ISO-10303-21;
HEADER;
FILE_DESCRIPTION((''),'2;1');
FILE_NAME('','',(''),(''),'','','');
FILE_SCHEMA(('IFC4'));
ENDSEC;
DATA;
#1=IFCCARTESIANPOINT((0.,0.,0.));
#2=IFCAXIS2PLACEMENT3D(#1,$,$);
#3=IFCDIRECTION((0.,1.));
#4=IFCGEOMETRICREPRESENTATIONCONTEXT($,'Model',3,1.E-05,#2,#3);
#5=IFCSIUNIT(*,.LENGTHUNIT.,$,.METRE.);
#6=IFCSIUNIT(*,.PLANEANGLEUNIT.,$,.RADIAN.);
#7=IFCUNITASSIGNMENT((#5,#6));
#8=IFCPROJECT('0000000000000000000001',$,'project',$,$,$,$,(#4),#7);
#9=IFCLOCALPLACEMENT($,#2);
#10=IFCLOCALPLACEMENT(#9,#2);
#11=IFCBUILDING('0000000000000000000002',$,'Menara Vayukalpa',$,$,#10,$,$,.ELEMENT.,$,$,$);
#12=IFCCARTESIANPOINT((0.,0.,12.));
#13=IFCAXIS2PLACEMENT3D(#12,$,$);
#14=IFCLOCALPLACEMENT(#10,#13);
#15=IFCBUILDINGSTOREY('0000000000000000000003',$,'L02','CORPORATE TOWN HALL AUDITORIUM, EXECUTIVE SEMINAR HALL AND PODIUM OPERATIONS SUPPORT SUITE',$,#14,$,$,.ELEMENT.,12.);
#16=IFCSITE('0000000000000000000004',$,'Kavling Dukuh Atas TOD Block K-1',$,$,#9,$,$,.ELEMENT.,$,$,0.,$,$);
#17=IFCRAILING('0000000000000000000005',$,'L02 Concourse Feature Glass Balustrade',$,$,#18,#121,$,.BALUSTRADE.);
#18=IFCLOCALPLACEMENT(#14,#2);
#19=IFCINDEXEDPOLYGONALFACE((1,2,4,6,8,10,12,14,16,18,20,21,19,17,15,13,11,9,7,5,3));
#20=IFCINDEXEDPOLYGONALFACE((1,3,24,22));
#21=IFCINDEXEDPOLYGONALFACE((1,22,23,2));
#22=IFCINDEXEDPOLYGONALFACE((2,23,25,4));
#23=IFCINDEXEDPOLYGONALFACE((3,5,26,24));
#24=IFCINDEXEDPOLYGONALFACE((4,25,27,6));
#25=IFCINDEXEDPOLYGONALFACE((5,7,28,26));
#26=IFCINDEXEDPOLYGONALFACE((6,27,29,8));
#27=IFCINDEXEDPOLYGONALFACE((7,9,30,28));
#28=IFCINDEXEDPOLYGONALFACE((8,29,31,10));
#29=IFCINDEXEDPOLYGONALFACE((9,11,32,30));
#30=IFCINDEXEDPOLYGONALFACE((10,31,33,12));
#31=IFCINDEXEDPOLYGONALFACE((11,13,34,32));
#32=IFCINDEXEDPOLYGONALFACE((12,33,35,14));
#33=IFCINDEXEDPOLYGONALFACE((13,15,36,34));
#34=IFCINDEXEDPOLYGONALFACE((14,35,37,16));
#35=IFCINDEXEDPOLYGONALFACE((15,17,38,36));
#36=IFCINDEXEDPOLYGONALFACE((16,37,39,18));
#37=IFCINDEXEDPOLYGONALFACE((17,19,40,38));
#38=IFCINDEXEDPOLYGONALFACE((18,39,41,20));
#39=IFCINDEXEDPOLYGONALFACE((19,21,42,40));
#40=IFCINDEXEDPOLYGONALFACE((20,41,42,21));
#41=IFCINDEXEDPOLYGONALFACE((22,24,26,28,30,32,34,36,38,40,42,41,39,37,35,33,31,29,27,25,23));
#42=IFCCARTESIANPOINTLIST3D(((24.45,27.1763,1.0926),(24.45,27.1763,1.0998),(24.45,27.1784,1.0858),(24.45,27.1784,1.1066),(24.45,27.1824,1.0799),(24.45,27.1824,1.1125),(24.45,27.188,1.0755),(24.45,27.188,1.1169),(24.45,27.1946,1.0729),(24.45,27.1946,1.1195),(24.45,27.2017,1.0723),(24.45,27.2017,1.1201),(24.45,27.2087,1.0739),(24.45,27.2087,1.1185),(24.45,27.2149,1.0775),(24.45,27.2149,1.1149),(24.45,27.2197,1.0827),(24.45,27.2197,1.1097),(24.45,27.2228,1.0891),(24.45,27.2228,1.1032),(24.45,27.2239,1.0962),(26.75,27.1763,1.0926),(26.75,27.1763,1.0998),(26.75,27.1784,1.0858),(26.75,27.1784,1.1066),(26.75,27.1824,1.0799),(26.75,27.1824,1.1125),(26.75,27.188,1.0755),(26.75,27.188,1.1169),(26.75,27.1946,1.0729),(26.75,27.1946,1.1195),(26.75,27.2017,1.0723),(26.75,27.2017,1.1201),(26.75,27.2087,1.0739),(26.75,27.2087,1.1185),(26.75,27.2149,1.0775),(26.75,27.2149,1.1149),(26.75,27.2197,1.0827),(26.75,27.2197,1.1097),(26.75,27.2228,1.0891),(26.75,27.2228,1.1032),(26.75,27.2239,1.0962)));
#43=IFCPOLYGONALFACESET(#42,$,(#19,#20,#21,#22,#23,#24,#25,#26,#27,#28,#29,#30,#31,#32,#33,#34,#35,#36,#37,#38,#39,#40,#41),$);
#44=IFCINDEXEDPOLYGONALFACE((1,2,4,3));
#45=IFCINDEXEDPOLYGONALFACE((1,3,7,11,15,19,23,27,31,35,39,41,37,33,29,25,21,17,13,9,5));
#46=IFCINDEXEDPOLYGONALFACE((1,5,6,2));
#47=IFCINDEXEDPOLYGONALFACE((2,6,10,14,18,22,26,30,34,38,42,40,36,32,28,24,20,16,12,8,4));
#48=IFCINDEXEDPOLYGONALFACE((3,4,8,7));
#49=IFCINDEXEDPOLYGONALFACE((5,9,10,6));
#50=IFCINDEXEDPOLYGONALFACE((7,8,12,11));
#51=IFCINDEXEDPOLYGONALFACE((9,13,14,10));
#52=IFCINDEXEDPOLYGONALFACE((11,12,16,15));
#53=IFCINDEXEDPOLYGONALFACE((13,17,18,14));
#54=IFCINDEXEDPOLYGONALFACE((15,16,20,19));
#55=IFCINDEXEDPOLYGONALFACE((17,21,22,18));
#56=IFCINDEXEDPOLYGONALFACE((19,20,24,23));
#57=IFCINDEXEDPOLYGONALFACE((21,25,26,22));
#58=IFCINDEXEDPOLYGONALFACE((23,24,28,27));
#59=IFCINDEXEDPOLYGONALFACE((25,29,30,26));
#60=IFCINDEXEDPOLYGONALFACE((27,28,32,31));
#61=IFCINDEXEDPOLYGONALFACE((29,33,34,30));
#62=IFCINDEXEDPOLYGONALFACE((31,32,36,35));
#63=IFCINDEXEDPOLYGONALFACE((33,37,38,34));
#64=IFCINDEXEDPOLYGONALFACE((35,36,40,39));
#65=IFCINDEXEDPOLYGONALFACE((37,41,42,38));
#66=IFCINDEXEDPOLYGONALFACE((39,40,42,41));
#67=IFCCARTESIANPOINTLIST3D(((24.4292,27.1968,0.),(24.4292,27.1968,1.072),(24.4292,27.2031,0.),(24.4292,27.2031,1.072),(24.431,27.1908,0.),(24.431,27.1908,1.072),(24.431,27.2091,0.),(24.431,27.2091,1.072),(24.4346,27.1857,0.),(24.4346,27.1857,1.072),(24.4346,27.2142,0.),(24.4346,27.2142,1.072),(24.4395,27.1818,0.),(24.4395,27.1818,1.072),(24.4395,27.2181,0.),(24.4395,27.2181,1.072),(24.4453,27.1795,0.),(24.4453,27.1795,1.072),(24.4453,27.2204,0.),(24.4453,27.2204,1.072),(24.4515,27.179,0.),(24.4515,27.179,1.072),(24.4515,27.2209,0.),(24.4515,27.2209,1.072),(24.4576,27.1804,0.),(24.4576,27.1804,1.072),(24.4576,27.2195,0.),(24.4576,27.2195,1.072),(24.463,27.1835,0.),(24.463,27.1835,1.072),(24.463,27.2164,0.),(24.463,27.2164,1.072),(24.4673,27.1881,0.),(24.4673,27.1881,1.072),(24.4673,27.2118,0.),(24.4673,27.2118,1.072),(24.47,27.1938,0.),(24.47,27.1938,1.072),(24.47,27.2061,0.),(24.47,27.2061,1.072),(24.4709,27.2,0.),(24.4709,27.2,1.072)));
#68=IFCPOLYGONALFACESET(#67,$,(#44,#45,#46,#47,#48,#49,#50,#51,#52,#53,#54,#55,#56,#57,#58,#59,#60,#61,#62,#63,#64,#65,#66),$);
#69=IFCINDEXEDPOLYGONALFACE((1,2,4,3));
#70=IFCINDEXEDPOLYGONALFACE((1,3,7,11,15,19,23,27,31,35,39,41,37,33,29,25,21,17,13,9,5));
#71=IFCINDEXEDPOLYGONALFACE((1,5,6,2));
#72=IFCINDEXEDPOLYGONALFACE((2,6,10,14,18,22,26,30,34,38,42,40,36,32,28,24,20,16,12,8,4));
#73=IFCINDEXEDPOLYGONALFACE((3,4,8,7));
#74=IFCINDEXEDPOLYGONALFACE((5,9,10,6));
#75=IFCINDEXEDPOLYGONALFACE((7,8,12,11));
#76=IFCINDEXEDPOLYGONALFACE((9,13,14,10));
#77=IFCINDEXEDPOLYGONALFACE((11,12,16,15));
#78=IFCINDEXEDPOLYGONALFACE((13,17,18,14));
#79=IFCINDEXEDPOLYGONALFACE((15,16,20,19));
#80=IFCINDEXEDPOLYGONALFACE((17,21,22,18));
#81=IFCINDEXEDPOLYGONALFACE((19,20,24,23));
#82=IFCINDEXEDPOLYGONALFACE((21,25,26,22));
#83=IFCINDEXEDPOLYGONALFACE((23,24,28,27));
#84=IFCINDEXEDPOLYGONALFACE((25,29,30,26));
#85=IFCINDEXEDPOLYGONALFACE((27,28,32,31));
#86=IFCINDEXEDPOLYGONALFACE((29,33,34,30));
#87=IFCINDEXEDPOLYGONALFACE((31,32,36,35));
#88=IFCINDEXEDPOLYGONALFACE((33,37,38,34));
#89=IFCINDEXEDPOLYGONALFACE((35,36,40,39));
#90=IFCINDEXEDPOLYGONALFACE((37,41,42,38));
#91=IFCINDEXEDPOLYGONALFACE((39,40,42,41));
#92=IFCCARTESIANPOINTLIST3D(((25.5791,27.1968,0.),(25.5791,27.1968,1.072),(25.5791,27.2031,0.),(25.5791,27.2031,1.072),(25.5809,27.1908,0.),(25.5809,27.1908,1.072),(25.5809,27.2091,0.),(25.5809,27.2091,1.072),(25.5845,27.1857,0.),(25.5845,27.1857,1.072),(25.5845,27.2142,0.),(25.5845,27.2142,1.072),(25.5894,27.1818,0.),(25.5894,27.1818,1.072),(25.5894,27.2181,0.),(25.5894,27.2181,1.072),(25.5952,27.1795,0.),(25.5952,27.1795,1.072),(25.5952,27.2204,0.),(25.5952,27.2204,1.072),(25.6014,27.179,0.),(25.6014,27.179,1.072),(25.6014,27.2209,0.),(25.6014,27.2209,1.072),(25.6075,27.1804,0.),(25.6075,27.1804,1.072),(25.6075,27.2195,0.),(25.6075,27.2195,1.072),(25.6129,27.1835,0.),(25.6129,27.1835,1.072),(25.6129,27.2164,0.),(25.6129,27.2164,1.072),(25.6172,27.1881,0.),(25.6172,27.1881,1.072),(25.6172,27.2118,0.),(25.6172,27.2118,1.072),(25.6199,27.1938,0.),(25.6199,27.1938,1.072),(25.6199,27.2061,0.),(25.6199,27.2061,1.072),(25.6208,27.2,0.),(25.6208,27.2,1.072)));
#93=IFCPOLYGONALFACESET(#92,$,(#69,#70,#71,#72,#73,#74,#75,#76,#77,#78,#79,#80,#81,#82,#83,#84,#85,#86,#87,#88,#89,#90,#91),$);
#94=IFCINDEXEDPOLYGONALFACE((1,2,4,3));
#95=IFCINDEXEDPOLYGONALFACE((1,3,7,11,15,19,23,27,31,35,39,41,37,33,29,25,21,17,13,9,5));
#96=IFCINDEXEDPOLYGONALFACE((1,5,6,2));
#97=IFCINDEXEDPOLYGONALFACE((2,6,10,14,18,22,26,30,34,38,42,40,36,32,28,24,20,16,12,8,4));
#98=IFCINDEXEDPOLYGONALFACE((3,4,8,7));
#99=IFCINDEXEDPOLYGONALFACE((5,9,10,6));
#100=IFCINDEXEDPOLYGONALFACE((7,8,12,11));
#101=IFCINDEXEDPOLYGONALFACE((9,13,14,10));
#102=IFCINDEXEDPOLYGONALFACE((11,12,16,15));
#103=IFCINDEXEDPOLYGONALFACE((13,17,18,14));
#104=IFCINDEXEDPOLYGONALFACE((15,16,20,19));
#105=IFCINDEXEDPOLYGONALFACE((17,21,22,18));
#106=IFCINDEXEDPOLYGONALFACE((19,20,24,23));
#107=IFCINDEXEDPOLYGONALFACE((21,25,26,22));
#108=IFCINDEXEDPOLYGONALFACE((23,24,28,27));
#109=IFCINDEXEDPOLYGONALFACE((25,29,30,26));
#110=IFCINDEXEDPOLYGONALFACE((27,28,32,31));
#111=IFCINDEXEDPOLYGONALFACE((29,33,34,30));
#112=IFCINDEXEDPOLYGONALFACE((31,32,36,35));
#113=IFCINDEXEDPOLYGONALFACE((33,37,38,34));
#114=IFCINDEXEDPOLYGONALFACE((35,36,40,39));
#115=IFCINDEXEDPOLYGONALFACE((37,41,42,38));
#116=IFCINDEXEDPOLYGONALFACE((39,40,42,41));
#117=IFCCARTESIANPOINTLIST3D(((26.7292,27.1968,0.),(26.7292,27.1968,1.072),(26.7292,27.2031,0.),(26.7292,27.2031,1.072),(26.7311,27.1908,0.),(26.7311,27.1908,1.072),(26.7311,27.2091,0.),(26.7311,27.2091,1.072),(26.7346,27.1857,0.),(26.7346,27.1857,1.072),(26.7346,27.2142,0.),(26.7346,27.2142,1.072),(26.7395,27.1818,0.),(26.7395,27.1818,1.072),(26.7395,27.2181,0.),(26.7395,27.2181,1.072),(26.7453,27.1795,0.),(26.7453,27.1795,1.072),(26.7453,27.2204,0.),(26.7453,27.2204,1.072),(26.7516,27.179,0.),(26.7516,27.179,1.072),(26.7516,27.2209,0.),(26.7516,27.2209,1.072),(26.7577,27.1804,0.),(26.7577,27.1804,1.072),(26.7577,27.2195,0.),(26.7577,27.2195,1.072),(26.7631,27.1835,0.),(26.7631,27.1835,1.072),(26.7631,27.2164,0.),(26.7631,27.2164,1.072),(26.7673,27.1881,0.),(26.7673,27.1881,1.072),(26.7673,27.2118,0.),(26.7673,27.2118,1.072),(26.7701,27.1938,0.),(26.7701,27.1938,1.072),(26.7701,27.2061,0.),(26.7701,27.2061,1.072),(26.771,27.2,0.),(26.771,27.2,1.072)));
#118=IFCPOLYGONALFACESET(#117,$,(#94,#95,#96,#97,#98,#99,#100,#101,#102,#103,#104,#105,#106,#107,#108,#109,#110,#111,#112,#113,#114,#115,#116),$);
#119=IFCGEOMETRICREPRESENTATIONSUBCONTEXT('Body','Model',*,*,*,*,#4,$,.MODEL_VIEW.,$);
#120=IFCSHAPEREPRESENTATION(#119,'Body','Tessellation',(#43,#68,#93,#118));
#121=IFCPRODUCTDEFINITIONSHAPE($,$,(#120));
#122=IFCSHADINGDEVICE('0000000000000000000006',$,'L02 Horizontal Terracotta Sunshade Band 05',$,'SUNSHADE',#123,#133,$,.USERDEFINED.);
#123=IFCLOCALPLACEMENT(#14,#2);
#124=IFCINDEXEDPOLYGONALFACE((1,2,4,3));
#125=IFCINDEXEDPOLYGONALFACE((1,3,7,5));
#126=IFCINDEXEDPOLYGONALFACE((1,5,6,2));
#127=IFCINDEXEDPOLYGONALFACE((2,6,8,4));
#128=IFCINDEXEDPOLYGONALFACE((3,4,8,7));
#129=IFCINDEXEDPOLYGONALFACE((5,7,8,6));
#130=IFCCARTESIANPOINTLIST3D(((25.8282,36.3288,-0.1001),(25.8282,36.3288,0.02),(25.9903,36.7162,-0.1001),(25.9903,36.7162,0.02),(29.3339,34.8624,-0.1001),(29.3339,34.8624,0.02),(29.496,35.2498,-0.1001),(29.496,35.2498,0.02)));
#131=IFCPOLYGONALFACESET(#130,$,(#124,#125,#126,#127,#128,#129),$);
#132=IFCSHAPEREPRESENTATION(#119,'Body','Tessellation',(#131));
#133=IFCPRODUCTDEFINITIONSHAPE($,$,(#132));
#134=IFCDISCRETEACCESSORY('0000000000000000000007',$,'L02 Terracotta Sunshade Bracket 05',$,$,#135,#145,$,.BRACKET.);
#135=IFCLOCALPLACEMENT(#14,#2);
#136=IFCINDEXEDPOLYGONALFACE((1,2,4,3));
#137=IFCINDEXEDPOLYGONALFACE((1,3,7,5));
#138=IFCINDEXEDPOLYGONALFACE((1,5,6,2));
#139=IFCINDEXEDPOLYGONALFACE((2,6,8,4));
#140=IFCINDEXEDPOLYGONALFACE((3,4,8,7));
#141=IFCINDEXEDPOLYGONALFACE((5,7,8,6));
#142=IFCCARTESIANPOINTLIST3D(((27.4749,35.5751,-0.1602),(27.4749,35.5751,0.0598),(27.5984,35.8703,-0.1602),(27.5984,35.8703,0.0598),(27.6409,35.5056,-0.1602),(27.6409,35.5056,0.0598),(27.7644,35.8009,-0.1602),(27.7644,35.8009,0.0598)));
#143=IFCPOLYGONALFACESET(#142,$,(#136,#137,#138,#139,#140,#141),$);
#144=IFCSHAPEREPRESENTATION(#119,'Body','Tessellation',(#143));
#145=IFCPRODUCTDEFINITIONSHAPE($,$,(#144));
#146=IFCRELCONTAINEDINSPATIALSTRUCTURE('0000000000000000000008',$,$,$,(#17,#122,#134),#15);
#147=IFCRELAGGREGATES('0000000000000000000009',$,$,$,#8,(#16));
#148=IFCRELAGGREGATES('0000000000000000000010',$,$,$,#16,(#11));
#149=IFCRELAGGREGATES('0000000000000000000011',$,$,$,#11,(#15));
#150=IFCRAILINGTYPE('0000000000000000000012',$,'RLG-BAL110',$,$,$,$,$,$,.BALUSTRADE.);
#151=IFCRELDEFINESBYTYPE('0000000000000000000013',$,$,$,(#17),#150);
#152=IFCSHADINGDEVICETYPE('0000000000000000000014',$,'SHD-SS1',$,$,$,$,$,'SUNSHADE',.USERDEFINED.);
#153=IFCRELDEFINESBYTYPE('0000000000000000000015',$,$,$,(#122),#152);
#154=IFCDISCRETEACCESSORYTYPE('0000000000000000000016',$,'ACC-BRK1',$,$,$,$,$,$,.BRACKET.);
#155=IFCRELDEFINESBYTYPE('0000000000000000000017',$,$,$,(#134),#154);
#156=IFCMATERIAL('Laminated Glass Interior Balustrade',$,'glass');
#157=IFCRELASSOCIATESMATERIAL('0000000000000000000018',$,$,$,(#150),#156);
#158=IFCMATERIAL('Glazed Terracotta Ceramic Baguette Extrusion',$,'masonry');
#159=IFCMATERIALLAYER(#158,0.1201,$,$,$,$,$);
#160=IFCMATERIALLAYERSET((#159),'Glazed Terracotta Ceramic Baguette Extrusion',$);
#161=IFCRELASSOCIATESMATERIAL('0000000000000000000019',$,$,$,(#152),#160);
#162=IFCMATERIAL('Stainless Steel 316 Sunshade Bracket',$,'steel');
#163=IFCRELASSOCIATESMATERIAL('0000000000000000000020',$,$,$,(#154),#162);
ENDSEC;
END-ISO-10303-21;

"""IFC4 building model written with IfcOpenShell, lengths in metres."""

from ifc_helpers import new_model, si_unit, direction, frame, origin, origin_2d, place, context, subcontext, project, spatial, rectangle, circle, extrude, material, layer, layer_set, type_object, element, save


model = new_model("IFC4")

# Units and contexts
model_context = context("Model", 3, precision=1e-05, world=origin(), true_north=direction((0.0, 1.0)))
body_context = subcontext(model_context, "Body", "Model", "MODEL_VIEW")
ifc_project = project(units=[si_unit("LENGTHUNIT", "METRE"), si_unit("PLANEANGLEUNIT", "RADIAN")], contexts=[model_context])

# Site, building, storey
site_placement = place(None, origin())
site = spatial("IfcSite", under=ifc_project, at=site_placement, Name="Kavling Dukuh Atas TOD Block K-1", CompositionType="ELEMENT", RefElevation=0.0)
building_placement = place(site_placement, origin())
building = spatial("IfcBuilding", under=site, at=building_placement, Name="Menara Vayukalpa", CompositionType="ELEMENT")
storey_placement = place(building_placement, frame((0.0, 0.0, 12.0)))
storey = spatial("IfcBuildingStorey", under=building, at=storey_placement, Name="L02", Description="CORPORATE TOWN HALL AUDITORIUM, EXECUTIVE SEMINAR HALL AND PODIUM OPERATIONS SUPPORT SUITE", CompositionType="ELEMENT", Elevation=12.0)

# Railing
ifc_material_1 = material(Name="Laminated Glass Interior Balustrade", Category="glass")
railing_type = type_object("IfcRailingType", Name="RLG-BAL110", PredefinedType="BALUSTRADE", material=ifc_material_1)
railing_placement = place(storey_placement, frame((24.45, 27.2, 0.0)))
element("IfcRailing", 1, at=railing_placement, inside=storey, type_object=railing_type, Name="L02 Concourse Feature Glass Balustrade", PredefinedType="BALUSTRADE", context=body_context, shape_type="SweptSolid", body=[
    extrude(circle(Radius=0.0239, at=origin_2d()), frame((0.0, 0.0, 1.0962), z_axis=(1.0, 0.0, 0.0), x_axis=(0.0, 1.0, 0.0)), (0.0, 0.0, 1.0), 2.3),
    extrude(circle(Radius=0.021, at=origin_2d()), origin(), (0.0, 0.0, 1.0), 1.072),
    extrude(circle(Radius=0.021, at=origin_2d()), frame((1.1499, 0.0, 0.0)), (0.0, 0.0, 1.0), 1.072),
    extrude(circle(Radius=0.021, at=origin_2d()), frame((2.3, 0.0, 0.0)), (0.0, 0.0, 1.0), 1.072),
])

# Shading device
ifc_material_2 = material(Name="Glazed Terracotta Ceramic Baguette Extrusion", Category="masonry")
ifc_layer_1 = layer(ifc_material_2, 0.1201)
ifc_layer_set_1 = layer_set([ifc_layer_1], Name="Glazed Terracotta Ceramic Baguette Extrusion")
shading_device_type = type_object("IfcShadingDeviceType", Name="SHD-SS1", ElementType="SUNSHADE", PredefinedType="USERDEFINED", material=ifc_layer_set_1)
shading_device_placement = place(storey_placement, frame((27.6621, 35.7893, -0.1001), z_axis=(0.0, 0.0, 1.0), x_axis=(-0.922545, 0.38589, 0.0)))
element("IfcShadingDevice", 2, at=shading_device_placement, inside=storey, type_object=shading_device_type, Name="L02 Horizontal Terracotta Sunshade Band 05", ObjectType="SUNSHADE", PredefinedType="USERDEFINED", context=body_context, shape_type="SweptSolid", body=[
    extrude(rectangle(XDim=3.8, YDim=0.4199, at=origin_2d()), origin(), (0.0, 0.0, 1.0), 0.1201),
])

# Discrete accessory
ifc_material_3 = material(Name="Stainless Steel 316 Sunshade Bracket", Category="steel")
discrete_accessory_type = type_object("IfcDiscreteAccessoryType", Name="ACC-BRK1", PredefinedType="BRACKET", material=ifc_material_3)
discrete_accessory_placement = place(storey_placement, frame((27.6196, 35.688, -0.1602), z_axis=(0.0, 0.0, 1.0), x_axis=(-0.922545, 0.38589, 0.0)))
element("IfcDiscreteAccessory", 3, at=discrete_accessory_placement, inside=storey, type_object=discrete_accessory_type, Name="L02 Terracotta Sunshade Bracket 05", PredefinedType="BRACKET", context=body_context, shape_type="SweptSolid", body=[
    extrude(rectangle(XDim=0.1799, YDim=0.3201, at=origin_2d()), origin(), (0.0, 0.0, 1.0), 0.22),
])

save(model, "model.ifc")
